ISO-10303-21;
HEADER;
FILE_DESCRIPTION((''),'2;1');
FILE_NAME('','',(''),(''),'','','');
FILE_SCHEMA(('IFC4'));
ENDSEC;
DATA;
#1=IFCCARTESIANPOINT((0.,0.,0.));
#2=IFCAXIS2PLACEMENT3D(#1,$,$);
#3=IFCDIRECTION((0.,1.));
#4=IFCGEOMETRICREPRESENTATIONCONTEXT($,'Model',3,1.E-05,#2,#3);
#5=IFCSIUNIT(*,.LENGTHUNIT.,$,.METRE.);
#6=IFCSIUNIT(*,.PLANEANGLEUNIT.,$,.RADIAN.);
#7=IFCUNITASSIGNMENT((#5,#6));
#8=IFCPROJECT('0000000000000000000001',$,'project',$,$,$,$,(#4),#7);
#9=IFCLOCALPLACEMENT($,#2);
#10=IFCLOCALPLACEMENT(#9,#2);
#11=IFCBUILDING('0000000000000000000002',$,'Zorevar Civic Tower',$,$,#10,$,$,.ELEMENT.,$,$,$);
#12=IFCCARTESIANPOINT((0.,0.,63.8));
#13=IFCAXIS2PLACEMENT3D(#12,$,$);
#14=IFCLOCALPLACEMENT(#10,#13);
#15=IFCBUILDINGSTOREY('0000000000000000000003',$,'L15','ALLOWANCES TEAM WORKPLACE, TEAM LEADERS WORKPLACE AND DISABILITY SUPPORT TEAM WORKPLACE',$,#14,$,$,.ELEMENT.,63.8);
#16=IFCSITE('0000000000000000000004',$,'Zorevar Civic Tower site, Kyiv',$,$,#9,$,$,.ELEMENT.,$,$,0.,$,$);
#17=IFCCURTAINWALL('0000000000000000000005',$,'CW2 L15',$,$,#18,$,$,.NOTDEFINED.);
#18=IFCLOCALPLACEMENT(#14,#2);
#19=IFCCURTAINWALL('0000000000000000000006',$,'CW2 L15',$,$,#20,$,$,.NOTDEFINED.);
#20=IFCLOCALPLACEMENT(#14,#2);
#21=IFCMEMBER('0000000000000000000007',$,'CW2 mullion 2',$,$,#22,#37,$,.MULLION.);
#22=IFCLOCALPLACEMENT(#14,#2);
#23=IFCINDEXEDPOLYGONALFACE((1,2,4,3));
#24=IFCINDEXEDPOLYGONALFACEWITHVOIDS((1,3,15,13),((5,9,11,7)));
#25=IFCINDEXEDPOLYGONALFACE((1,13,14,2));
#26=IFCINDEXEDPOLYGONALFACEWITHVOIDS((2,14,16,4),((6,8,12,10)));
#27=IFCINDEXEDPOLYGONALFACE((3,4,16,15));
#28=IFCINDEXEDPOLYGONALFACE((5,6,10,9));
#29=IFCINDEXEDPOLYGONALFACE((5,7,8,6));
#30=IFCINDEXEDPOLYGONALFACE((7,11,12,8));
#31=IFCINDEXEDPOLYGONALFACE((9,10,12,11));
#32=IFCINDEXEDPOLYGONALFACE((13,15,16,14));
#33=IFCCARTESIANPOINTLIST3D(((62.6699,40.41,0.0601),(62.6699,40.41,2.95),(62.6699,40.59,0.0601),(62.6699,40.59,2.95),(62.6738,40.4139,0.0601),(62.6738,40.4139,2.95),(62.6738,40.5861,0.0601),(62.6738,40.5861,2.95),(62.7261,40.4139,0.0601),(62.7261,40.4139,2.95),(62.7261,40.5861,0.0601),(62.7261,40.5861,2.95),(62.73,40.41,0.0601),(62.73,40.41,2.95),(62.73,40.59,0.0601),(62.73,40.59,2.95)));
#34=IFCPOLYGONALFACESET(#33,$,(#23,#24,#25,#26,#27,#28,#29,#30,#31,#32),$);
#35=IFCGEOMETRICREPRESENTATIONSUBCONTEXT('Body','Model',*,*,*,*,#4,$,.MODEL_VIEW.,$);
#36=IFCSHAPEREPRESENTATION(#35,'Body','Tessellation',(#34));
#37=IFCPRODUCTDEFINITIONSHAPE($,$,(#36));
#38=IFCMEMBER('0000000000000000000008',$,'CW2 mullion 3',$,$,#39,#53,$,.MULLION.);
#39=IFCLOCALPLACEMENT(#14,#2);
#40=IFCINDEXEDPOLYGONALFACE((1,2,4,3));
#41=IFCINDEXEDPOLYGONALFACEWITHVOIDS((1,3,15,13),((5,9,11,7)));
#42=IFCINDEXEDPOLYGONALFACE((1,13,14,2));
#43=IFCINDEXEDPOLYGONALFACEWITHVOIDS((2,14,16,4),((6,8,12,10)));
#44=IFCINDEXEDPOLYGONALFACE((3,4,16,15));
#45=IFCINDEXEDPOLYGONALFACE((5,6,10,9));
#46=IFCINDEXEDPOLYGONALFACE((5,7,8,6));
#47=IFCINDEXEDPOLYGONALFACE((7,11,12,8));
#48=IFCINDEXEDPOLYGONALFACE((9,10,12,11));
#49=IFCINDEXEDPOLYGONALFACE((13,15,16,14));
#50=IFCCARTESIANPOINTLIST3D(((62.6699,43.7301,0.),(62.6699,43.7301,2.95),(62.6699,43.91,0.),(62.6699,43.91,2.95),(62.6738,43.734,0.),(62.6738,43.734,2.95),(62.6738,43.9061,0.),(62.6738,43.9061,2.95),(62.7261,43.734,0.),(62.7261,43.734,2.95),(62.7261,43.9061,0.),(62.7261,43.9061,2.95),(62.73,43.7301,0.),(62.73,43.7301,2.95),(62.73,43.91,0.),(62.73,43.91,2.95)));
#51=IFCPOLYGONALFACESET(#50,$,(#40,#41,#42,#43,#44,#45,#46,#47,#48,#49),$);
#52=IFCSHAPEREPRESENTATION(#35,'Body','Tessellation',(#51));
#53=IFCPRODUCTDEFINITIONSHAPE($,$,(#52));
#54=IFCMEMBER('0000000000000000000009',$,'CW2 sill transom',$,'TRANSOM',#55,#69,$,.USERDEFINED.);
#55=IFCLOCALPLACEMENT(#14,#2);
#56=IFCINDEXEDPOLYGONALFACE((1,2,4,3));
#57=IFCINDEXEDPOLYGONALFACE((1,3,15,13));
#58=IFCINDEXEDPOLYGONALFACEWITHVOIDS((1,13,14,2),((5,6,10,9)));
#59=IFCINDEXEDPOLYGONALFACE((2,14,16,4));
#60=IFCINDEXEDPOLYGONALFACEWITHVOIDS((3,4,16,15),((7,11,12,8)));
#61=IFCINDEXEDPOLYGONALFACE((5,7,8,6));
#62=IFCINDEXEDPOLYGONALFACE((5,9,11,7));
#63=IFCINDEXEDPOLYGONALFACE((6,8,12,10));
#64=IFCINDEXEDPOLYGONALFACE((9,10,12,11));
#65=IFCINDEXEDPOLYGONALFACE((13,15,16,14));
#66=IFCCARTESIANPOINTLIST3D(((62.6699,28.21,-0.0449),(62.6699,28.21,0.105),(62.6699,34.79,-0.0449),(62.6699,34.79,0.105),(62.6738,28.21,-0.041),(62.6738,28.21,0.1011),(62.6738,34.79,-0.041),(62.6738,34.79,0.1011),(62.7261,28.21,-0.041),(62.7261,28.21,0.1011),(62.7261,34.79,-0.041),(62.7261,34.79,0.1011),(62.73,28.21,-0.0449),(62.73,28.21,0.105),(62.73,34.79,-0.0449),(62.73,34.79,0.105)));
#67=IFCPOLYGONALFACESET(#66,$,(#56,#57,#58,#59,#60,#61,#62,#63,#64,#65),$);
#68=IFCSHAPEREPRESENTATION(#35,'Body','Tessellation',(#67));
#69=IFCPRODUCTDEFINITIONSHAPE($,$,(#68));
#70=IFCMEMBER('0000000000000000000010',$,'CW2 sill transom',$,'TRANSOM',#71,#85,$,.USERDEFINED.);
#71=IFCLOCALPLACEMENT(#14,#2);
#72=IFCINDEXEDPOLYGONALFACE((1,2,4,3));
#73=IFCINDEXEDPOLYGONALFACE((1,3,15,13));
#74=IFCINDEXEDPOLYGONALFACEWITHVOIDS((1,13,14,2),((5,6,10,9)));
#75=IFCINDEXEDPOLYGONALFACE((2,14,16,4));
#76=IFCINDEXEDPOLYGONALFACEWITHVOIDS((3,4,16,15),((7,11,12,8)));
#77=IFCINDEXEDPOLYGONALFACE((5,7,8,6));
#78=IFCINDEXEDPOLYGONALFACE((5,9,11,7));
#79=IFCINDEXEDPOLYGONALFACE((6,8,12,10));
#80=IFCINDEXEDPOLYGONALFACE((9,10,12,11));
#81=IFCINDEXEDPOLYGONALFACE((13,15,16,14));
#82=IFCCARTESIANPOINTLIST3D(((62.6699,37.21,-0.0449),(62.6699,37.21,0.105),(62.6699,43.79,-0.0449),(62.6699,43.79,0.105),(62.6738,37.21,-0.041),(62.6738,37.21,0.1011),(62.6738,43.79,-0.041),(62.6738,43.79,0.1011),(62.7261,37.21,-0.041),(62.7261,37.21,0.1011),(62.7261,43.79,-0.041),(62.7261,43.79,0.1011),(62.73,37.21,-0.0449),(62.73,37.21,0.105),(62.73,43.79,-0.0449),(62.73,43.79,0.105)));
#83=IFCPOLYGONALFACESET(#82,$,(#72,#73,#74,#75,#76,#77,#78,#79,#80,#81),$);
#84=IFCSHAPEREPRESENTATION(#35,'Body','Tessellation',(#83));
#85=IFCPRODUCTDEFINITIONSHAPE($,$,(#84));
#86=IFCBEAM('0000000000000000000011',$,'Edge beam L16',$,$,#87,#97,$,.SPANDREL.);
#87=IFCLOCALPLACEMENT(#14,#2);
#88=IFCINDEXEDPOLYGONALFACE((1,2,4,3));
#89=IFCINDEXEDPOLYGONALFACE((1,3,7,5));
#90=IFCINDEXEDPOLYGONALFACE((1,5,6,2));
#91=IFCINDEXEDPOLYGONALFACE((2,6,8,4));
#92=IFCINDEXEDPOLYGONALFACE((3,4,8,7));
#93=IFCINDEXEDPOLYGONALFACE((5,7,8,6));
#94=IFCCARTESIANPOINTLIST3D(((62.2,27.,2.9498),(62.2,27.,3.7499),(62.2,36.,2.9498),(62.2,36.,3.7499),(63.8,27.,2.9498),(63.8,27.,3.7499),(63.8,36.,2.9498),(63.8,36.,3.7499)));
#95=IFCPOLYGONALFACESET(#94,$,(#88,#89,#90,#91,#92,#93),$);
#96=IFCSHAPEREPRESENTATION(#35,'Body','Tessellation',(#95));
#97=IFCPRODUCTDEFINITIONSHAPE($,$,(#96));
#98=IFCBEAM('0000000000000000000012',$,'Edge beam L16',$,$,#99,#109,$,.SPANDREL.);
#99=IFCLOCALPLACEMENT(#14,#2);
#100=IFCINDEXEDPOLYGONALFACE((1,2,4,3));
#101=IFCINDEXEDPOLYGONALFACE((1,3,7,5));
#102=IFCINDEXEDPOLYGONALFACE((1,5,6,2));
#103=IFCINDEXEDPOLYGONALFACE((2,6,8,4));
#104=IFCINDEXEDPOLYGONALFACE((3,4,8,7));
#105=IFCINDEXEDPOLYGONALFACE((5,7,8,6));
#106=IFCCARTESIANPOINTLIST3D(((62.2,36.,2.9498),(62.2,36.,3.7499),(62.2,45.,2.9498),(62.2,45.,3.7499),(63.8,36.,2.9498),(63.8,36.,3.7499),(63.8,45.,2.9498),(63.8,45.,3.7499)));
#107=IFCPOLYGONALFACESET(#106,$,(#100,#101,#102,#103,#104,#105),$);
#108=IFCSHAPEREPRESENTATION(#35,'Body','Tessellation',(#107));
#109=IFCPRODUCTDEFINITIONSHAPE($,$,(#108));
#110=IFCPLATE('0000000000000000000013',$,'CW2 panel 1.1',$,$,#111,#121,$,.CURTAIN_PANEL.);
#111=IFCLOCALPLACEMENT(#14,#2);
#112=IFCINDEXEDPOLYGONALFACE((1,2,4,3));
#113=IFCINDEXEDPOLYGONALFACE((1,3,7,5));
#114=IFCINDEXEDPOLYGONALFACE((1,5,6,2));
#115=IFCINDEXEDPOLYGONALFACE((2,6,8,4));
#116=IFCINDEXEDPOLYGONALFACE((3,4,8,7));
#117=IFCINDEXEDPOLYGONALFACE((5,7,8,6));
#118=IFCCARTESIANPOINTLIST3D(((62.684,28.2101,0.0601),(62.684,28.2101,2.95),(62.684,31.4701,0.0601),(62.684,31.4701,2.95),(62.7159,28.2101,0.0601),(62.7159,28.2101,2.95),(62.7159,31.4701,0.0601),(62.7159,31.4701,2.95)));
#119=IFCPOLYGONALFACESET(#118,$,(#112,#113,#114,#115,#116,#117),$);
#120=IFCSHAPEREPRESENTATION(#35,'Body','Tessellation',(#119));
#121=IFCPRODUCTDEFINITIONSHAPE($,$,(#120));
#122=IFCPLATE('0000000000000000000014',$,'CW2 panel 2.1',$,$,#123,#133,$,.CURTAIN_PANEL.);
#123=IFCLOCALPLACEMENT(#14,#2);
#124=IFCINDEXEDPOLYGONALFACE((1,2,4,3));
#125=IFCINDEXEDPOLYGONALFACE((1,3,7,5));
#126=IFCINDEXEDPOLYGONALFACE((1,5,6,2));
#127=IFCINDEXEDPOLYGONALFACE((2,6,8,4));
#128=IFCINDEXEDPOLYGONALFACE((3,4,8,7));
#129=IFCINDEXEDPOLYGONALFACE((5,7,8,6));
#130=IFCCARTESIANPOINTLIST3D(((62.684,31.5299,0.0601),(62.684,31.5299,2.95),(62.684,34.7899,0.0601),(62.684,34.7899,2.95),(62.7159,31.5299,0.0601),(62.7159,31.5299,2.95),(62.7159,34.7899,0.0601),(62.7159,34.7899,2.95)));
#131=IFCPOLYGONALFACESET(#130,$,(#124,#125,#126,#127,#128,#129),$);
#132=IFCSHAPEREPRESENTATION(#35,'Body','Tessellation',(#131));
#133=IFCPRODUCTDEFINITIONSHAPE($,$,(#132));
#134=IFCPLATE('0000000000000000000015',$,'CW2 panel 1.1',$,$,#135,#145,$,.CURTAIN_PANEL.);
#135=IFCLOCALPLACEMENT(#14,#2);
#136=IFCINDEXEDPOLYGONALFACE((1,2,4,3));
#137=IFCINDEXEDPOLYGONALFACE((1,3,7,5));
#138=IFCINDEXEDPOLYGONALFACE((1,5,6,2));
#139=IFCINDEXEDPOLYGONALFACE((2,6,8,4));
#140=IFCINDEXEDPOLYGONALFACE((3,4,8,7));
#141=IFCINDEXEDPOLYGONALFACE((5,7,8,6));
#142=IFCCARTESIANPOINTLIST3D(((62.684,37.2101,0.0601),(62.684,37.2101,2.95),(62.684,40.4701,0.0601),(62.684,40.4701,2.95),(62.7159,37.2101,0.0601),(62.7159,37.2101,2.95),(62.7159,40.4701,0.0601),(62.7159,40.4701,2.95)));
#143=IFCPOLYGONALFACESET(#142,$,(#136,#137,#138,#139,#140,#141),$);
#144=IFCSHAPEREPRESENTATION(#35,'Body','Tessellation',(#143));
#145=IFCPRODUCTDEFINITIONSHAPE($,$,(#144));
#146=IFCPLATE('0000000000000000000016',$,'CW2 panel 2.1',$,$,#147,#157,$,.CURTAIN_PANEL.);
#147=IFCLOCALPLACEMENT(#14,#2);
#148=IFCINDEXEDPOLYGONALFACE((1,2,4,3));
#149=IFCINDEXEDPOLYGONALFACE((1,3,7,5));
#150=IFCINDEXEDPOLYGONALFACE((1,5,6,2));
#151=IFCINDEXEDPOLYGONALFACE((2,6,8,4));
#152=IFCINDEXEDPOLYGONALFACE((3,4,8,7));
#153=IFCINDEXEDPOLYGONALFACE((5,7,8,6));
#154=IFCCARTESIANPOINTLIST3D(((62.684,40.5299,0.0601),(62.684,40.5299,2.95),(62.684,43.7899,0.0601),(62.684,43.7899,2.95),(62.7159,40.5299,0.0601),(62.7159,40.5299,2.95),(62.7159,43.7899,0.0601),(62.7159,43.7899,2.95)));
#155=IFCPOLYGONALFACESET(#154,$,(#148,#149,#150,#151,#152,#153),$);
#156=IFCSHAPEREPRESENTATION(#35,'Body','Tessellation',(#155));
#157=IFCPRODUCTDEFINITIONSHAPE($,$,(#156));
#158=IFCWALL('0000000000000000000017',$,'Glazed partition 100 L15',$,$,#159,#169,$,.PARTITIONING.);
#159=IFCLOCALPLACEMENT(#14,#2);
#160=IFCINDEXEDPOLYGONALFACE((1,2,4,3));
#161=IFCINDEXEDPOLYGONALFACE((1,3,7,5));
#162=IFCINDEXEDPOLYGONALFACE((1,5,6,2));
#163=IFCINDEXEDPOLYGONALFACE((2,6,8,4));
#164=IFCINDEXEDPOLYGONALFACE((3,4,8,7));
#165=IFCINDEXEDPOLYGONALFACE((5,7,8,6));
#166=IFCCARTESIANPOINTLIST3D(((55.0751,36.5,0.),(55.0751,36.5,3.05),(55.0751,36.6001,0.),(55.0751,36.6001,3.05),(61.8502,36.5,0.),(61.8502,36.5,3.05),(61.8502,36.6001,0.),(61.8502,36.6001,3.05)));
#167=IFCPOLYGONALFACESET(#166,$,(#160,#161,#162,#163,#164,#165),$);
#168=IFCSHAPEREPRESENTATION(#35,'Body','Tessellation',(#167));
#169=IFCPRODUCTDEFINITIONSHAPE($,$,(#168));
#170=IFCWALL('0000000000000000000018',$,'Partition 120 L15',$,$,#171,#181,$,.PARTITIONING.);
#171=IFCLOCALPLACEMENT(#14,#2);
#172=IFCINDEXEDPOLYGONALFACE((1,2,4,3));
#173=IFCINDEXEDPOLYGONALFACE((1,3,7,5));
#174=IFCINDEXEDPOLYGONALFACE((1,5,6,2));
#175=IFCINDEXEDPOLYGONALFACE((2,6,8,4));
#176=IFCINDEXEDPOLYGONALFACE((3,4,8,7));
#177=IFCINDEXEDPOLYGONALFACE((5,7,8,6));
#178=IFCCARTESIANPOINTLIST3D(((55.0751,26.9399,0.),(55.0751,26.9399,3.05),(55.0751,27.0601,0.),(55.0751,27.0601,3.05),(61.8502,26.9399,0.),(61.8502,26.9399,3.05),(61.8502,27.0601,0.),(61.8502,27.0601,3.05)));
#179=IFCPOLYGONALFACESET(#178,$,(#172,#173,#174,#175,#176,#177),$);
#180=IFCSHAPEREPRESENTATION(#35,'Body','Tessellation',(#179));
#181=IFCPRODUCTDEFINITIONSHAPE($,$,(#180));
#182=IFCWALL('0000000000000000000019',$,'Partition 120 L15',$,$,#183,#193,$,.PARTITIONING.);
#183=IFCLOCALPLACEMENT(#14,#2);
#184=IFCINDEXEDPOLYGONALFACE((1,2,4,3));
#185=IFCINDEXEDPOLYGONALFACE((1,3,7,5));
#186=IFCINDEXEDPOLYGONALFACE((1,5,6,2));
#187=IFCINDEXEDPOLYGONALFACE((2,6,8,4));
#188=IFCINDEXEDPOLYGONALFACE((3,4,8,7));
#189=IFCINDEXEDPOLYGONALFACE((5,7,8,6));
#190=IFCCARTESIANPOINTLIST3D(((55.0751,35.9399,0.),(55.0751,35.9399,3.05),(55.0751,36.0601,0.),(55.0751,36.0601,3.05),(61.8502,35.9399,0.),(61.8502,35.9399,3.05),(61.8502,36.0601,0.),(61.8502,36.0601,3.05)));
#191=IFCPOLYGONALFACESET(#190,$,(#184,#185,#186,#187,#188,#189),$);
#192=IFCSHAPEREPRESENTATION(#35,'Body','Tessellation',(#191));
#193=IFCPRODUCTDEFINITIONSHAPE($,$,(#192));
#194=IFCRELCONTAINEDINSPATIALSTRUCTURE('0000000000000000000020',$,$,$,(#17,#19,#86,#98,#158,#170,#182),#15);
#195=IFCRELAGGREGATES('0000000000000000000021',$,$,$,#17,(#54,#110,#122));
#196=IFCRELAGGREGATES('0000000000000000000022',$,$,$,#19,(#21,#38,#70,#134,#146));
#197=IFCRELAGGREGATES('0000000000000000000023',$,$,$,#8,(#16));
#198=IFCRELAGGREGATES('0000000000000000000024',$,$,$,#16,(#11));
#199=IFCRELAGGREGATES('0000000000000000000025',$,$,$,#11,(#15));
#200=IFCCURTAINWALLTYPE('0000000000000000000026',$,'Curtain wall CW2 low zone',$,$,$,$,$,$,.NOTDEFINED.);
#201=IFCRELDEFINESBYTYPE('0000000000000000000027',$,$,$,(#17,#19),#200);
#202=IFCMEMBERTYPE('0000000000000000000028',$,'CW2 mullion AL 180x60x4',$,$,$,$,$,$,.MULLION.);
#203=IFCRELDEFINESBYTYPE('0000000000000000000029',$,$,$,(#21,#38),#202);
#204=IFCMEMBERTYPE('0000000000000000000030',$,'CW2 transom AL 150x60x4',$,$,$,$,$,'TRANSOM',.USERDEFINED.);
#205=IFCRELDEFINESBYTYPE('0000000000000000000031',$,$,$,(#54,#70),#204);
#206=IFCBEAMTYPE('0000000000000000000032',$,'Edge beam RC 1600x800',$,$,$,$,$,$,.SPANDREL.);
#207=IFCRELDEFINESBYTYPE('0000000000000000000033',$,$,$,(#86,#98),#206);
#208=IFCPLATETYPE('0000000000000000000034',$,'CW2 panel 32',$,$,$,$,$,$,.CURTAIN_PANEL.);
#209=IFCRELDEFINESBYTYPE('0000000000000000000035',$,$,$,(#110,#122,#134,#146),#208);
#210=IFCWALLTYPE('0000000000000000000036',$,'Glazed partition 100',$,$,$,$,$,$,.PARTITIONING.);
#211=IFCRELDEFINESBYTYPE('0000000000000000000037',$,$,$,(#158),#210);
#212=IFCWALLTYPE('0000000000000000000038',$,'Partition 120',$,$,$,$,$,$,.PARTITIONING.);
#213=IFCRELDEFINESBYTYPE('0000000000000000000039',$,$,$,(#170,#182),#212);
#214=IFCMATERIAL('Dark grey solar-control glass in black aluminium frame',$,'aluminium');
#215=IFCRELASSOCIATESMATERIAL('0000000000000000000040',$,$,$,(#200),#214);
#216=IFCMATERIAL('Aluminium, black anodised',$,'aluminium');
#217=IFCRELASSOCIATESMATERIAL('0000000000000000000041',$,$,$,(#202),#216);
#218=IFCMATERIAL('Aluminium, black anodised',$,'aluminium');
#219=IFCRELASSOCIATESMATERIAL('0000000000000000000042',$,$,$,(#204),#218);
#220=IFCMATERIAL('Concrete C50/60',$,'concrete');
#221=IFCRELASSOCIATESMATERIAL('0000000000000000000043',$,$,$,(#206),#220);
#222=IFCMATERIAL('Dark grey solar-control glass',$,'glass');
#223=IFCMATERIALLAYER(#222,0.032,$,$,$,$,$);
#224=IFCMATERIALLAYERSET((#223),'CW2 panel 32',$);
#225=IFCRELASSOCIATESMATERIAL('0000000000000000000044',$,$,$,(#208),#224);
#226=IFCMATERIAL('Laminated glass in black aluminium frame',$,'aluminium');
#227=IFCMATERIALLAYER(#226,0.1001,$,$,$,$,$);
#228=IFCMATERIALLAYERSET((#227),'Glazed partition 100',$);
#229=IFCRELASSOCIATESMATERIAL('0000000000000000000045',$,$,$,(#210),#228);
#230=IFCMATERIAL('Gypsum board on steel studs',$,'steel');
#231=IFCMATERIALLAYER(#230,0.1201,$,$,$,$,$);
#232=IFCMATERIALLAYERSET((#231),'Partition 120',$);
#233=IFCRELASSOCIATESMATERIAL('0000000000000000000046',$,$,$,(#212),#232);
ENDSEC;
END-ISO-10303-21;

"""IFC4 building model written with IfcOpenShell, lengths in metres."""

from ifc_helpers import new_model, si_unit, direction, frame, frame_2d, origin, origin_2d, place, context, subcontext, project, spatial, rectangle, hollow_rectangle, extrude, material, layer, layer_set, material_profile, profile_set, type_object, element, aggregate, save


model = new_model("IFC4")

# Units and contexts
model_context = context("Model", 3, precision=1e-05, world=origin(), true_north=direction((0.0, 1.0)))
body_context = subcontext(model_context, "Body", "Model", "MODEL_VIEW")
ifc_project = project(units=[si_unit("LENGTHUNIT", "METRE"), si_unit("PLANEANGLEUNIT", "RADIAN")], contexts=[model_context])

# Site, building, storey
site_placement = place(None, origin())
site = spatial("IfcSite", under=ifc_project, at=site_placement, Name="Zorevar Civic Tower site, Kyiv", CompositionType="ELEMENT", RefElevation=0.0)
building_placement = place(site_placement, origin())
building = spatial("IfcBuilding", under=site, at=building_placement, Name="Zorevar Civic Tower", CompositionType="ELEMENT")
storey_placement = place(building_placement, frame((0.0, 0.0, 63.8)))
storey = spatial("IfcBuildingStorey", under=building, at=storey_placement, Name="L15", Description="ALLOWANCES TEAM WORKPLACE, TEAM LEADERS WORKPLACE AND DISABILITY SUPPORT TEAM WORKPLACE", CompositionType="ELEMENT", Elevation=63.8)

# Curtain walls, members
ifc_material_1 = material(Name="Dark grey solar-control glass in black aluminium frame", Category="aluminium")
curtain_wall_type = type_object("IfcCurtainWallType", Name="Curtain wall CW2 low zone", PredefinedType="NOTDEFINED", material=ifc_material_1)
curtain_wall_1_placement = place(storey_placement, origin())
curtain_wall_1 = element("IfcCurtainWall", 1, at=curtain_wall_1_placement, inside=storey, type_object=curtain_wall_type, Name="CW2 L15", PredefinedType="NOTDEFINED")
ifc_material_2 = material(Name="Aluminium, black anodised", Category="aluminium")
ifc_material_profile_1 = material_profile(ifc_material_2, hollow_rectangle(XDim=0.0601, YDim=0.1799, WallThickness=0.0039, at=origin_2d()), Name="AL 180x60x4")
ifc_profile_set_1 = profile_set([ifc_material_profile_1], Name="Aluminium, black anodised")
member_type_1 = type_object("IfcMemberType", Name="CW2 mullion AL 180x60x4", PredefinedType="MULLION", material=ifc_profile_set_1)
curtain_wall_2_placement = place(storey_placement, origin())
curtain_wall_2 = element("IfcCurtainWall", 2, at=curtain_wall_2_placement, inside=storey, type_object=curtain_wall_type, Name="CW2 L15", PredefinedType="NOTDEFINED")
member_1_placement = place(storey_placement, frame((62.7, 40.5, 0.0601), z_axis=(0.0, 0.0, 1.0), x_axis=(-1.0, 0.0, 0.0)))
member_1 = element("IfcMember", 3, at=member_1_placement, type_object=member_type_1, Name="CW2 mullion 2", PredefinedType="MULLION", context=body_context, shape_type="SweptSolid", body=[
    extrude(hollow_rectangle(XDim=0.0601, YDim=0.1799, WallThickness=0.0039, at=origin_2d()), origin(), (0.0, 0.0, 1.0), 2.8899),
])
member_2_placement = place(storey_placement, frame((62.7, 43.8201, 0.0), z_axis=(0.0, 0.0, 1.0), x_axis=(-1.0, 0.0, 0.0)))
member_2 = element("IfcMember", 4, at=member_2_placement, type_object=member_type_1, Name="CW2 mullion 3", PredefinedType="MULLION", context=body_context, shape_type="SweptSolid", body=[
    extrude(hollow_rectangle(XDim=0.0601, YDim=0.1799, WallThickness=0.0039, at=origin_2d()), origin(), (0.0, 0.0, 1.0), 2.95),
])

# Members
ifc_material_3 = material(Name="Aluminium, black anodised", Category="aluminium")
ifc_material_profile_2 = material_profile(ifc_material_3, hollow_rectangle(XDim=0.0601, YDim=0.1499, WallThickness=0.0039, at=origin_2d()), Name="AL 150x60x4")
ifc_profile_set_2 = profile_set([ifc_material_profile_2], Name="Aluminium, black anodised")
member_type_2 = type_object("IfcMemberType", Name="CW2 transom AL 150x60x4", ElementType="TRANSOM", PredefinedType="USERDEFINED", material=ifc_profile_set_2)
member_3_placement = place(storey_placement, frame((62.7, 28.21, 0.03), z_axis=(0.0, 1.0, 0.0), x_axis=(-1.0, 0.0, 0.0)))
member_3 = element("IfcMember", 5, at=member_3_placement, type_object=member_type_2, Name="CW2 sill transom", ObjectType="TRANSOM", PredefinedType="USERDEFINED", context=body_context, shape_type="SweptSolid", body=[
    extrude(hollow_rectangle(XDim=0.0601, YDim=0.1499, WallThickness=0.0039, at=origin_2d()), origin(), (0.0, 0.0, 1.0), 6.5801),
])
member_4_placement = place(storey_placement, frame((62.7, 37.21, 0.03), z_axis=(0.0, 1.0, 0.0), x_axis=(-1.0, 0.0, 0.0)))
member_4 = element("IfcMember", 6, at=member_4_placement, type_object=member_type_2, Name="CW2 sill transom", ObjectType="TRANSOM", PredefinedType="USERDEFINED", context=body_context, shape_type="SweptSolid", body=[
    extrude(hollow_rectangle(XDim=0.0601, YDim=0.1499, WallThickness=0.0039, at=origin_2d()), origin(), (0.0, 0.0, 1.0), 6.5801),
])

# Beams
ifc_material_4 = material(Name="Concrete C50/60", Category="concrete")
ifc_material_profile_3 = material_profile(ifc_material_4, rectangle(XDim=1.6001, YDim=0.8, at=origin_2d()), Name="RC 1600x800")
ifc_profile_set_3 = profile_set([ifc_material_profile_3], Name="Concrete C50/60")
beam_type_1 = type_object("IfcBeamType", Name="Edge beam RC 1600x800", PredefinedType="SPANDREL", material=ifc_profile_set_3)
for number, where, z_axis, x_axis, name in (
    (7, (63.0, 27.0, 3.3499), (0.0, 1.0, 0.0), (-1.0, 0.0, 0.0), "Edge beam L16"),
    (8, (63.0, 36.0, 3.3499), (0.0, 1.0, 0.0), (-1.0, 0.0, 0.0), "Edge beam L16"),
):
    element("IfcBeam", number, at=place(storey_placement, frame(where, z_axis=z_axis, x_axis=x_axis)), inside=storey, type_object=beam_type_1, Name=name, PredefinedType="SPANDREL", context=body_context, shape_type="SweptSolid", body=[
        extrude(rectangle(XDim=1.6001, YDim=0.8, at=origin_2d()), origin(), (0.0, 0.0, 1.0), 9.0),
    ])

# Plates
ifc_material_5 = material(Name="Dark grey solar-control glass", Category="glass")
ifc_layer_1 = layer(ifc_material_5, 0.032)
ifc_layer_set_1 = layer_set([ifc_layer_1], Name="CW2 panel 32")
plate_type = type_object("IfcPlateType", Name="CW2 panel 32", PredefinedType="CURTAIN_PANEL", material=ifc_layer_set_1)
plate_1_placement = place(storey_placement, frame((62.7, 29.8401, 0.0601), z_axis=(0.0, 0.0, 1.0), x_axis=(0.0, 1.0, 0.0)))
plate_1 = element("IfcPlate", 9, at=plate_1_placement, type_object=plate_type, Name="CW2 panel 1.1", PredefinedType="CURTAIN_PANEL", context=body_context, shape_type="SweptSolid", body=[
    extrude(rectangle(XDim=3.26, YDim=0.032, at=origin_2d()), origin(), (0.0, 0.0, 1.0), 2.8899),
])
plate_2_placement = place(storey_placement, frame((62.7, 33.1599, 0.0601), z_axis=(0.0, 0.0, 1.0), x_axis=(0.0, 1.0, 0.0)))
plate_2 = element("IfcPlate", 10, at=plate_2_placement, type_object=plate_type, Name="CW2 panel 2.1", PredefinedType="CURTAIN_PANEL", context=body_context, shape_type="SweptSolid", body=[
    extrude(rectangle(XDim=3.26, YDim=0.032, at=origin_2d()), origin(), (0.0, 0.0, 1.0), 2.8899),
])
aggregate(curtain_wall_1, [member_3, plate_1, plate_2])
plate_3_placement = place(storey_placement, frame((62.7, 38.8401, 0.0601), z_axis=(0.0, 0.0, 1.0), x_axis=(0.0, 1.0, 0.0)))
plate_3 = element("IfcPlate", 11, at=plate_3_placement, type_object=plate_type, Name="CW2 panel 1.1", PredefinedType="CURTAIN_PANEL", context=body_context, shape_type="SweptSolid", body=[
    extrude(rectangle(XDim=3.26, YDim=0.032, at=origin_2d()), origin(), (0.0, 0.0, 1.0), 2.8899),
])
plate_4_placement = place(storey_placement, frame((62.7, 42.1599, 0.0601), z_axis=(0.0, 0.0, 1.0), x_axis=(0.0, 1.0, 0.0)))
plate_4 = element("IfcPlate", 12, at=plate_4_placement, type_object=plate_type, Name="CW2 panel 2.1", PredefinedType="CURTAIN_PANEL", context=body_context, shape_type="SweptSolid", body=[
    extrude(rectangle(XDim=3.26, YDim=0.032, at=origin_2d()), origin(), (0.0, 0.0, 1.0), 2.8899),
])
aggregate(curtain_wall_2, [member_1, member_2, member_4, plate_3, plate_4])

# Walls
ifc_material_6 = material(Name="Laminated glass in black aluminium frame", Category="aluminium")
ifc_layer_2 = layer(ifc_material_6, 0.1001)
ifc_layer_set_2 = layer_set([ifc_layer_2], Name="Glazed partition 100")
wall_type_1 = type_object("IfcWallType", Name="Glazed partition 100", PredefinedType="PARTITIONING", material=ifc_layer_set_2)
wall_1_placement = place(storey_placement, frame((55.075, 36.55, 0.0), z_axis=(0.0, 0.0, 1.0), x_axis=(1.0, 0.0, 0.0)))
element("IfcWall", 13, at=wall_1_placement, inside=storey, type_object=wall_type_1, Name="Glazed partition 100 L15", PredefinedType="PARTITIONING", context=body_context, shape_type="SweptSolid", body=[
    extrude(rectangle(XDim=6.7751, YDim=0.1001, at=frame_2d((3.3877, 0.0))), origin(), (0.0, 0.0, 1.0), 3.05),
])
ifc_material_7 = material(Name="Gypsum board on steel studs", Category="steel")
ifc_layer_3 = layer(ifc_material_7, 0.1201)
ifc_layer_set_3 = layer_set([ifc_layer_3], Name="Partition 120")
wall_type_2 = type_object("IfcWallType", Name="Partition 120", PredefinedType="PARTITIONING", material=ifc_layer_set_3)
for number, where, z_axis, x_axis, name in (
    (14, (55.075, 27.0, 0.0), (0.0, 0.0, 1.0), (1.0, 0.0, 0.0), "Partition 120 L15"),
    (15, (55.075, 36.0, 0.0), (0.0, 0.0, 1.0), (1.0, 0.0, 0.0), "Partition 120 L15"),
):
    element("IfcWall", number, at=place(storey_placement, frame(where, z_axis=z_axis, x_axis=x_axis)), inside=storey, type_object=wall_type_2, Name=name, PredefinedType="PARTITIONING", context=body_context, shape_type="SweptSolid", body=[
        extrude(rectangle(XDim=6.7751, YDim=0.1201, at=frame_2d((3.3877, 0.0))), origin(), (0.0, 0.0, 1.0), 3.05),
    ])

save(model, "model.ifc")
